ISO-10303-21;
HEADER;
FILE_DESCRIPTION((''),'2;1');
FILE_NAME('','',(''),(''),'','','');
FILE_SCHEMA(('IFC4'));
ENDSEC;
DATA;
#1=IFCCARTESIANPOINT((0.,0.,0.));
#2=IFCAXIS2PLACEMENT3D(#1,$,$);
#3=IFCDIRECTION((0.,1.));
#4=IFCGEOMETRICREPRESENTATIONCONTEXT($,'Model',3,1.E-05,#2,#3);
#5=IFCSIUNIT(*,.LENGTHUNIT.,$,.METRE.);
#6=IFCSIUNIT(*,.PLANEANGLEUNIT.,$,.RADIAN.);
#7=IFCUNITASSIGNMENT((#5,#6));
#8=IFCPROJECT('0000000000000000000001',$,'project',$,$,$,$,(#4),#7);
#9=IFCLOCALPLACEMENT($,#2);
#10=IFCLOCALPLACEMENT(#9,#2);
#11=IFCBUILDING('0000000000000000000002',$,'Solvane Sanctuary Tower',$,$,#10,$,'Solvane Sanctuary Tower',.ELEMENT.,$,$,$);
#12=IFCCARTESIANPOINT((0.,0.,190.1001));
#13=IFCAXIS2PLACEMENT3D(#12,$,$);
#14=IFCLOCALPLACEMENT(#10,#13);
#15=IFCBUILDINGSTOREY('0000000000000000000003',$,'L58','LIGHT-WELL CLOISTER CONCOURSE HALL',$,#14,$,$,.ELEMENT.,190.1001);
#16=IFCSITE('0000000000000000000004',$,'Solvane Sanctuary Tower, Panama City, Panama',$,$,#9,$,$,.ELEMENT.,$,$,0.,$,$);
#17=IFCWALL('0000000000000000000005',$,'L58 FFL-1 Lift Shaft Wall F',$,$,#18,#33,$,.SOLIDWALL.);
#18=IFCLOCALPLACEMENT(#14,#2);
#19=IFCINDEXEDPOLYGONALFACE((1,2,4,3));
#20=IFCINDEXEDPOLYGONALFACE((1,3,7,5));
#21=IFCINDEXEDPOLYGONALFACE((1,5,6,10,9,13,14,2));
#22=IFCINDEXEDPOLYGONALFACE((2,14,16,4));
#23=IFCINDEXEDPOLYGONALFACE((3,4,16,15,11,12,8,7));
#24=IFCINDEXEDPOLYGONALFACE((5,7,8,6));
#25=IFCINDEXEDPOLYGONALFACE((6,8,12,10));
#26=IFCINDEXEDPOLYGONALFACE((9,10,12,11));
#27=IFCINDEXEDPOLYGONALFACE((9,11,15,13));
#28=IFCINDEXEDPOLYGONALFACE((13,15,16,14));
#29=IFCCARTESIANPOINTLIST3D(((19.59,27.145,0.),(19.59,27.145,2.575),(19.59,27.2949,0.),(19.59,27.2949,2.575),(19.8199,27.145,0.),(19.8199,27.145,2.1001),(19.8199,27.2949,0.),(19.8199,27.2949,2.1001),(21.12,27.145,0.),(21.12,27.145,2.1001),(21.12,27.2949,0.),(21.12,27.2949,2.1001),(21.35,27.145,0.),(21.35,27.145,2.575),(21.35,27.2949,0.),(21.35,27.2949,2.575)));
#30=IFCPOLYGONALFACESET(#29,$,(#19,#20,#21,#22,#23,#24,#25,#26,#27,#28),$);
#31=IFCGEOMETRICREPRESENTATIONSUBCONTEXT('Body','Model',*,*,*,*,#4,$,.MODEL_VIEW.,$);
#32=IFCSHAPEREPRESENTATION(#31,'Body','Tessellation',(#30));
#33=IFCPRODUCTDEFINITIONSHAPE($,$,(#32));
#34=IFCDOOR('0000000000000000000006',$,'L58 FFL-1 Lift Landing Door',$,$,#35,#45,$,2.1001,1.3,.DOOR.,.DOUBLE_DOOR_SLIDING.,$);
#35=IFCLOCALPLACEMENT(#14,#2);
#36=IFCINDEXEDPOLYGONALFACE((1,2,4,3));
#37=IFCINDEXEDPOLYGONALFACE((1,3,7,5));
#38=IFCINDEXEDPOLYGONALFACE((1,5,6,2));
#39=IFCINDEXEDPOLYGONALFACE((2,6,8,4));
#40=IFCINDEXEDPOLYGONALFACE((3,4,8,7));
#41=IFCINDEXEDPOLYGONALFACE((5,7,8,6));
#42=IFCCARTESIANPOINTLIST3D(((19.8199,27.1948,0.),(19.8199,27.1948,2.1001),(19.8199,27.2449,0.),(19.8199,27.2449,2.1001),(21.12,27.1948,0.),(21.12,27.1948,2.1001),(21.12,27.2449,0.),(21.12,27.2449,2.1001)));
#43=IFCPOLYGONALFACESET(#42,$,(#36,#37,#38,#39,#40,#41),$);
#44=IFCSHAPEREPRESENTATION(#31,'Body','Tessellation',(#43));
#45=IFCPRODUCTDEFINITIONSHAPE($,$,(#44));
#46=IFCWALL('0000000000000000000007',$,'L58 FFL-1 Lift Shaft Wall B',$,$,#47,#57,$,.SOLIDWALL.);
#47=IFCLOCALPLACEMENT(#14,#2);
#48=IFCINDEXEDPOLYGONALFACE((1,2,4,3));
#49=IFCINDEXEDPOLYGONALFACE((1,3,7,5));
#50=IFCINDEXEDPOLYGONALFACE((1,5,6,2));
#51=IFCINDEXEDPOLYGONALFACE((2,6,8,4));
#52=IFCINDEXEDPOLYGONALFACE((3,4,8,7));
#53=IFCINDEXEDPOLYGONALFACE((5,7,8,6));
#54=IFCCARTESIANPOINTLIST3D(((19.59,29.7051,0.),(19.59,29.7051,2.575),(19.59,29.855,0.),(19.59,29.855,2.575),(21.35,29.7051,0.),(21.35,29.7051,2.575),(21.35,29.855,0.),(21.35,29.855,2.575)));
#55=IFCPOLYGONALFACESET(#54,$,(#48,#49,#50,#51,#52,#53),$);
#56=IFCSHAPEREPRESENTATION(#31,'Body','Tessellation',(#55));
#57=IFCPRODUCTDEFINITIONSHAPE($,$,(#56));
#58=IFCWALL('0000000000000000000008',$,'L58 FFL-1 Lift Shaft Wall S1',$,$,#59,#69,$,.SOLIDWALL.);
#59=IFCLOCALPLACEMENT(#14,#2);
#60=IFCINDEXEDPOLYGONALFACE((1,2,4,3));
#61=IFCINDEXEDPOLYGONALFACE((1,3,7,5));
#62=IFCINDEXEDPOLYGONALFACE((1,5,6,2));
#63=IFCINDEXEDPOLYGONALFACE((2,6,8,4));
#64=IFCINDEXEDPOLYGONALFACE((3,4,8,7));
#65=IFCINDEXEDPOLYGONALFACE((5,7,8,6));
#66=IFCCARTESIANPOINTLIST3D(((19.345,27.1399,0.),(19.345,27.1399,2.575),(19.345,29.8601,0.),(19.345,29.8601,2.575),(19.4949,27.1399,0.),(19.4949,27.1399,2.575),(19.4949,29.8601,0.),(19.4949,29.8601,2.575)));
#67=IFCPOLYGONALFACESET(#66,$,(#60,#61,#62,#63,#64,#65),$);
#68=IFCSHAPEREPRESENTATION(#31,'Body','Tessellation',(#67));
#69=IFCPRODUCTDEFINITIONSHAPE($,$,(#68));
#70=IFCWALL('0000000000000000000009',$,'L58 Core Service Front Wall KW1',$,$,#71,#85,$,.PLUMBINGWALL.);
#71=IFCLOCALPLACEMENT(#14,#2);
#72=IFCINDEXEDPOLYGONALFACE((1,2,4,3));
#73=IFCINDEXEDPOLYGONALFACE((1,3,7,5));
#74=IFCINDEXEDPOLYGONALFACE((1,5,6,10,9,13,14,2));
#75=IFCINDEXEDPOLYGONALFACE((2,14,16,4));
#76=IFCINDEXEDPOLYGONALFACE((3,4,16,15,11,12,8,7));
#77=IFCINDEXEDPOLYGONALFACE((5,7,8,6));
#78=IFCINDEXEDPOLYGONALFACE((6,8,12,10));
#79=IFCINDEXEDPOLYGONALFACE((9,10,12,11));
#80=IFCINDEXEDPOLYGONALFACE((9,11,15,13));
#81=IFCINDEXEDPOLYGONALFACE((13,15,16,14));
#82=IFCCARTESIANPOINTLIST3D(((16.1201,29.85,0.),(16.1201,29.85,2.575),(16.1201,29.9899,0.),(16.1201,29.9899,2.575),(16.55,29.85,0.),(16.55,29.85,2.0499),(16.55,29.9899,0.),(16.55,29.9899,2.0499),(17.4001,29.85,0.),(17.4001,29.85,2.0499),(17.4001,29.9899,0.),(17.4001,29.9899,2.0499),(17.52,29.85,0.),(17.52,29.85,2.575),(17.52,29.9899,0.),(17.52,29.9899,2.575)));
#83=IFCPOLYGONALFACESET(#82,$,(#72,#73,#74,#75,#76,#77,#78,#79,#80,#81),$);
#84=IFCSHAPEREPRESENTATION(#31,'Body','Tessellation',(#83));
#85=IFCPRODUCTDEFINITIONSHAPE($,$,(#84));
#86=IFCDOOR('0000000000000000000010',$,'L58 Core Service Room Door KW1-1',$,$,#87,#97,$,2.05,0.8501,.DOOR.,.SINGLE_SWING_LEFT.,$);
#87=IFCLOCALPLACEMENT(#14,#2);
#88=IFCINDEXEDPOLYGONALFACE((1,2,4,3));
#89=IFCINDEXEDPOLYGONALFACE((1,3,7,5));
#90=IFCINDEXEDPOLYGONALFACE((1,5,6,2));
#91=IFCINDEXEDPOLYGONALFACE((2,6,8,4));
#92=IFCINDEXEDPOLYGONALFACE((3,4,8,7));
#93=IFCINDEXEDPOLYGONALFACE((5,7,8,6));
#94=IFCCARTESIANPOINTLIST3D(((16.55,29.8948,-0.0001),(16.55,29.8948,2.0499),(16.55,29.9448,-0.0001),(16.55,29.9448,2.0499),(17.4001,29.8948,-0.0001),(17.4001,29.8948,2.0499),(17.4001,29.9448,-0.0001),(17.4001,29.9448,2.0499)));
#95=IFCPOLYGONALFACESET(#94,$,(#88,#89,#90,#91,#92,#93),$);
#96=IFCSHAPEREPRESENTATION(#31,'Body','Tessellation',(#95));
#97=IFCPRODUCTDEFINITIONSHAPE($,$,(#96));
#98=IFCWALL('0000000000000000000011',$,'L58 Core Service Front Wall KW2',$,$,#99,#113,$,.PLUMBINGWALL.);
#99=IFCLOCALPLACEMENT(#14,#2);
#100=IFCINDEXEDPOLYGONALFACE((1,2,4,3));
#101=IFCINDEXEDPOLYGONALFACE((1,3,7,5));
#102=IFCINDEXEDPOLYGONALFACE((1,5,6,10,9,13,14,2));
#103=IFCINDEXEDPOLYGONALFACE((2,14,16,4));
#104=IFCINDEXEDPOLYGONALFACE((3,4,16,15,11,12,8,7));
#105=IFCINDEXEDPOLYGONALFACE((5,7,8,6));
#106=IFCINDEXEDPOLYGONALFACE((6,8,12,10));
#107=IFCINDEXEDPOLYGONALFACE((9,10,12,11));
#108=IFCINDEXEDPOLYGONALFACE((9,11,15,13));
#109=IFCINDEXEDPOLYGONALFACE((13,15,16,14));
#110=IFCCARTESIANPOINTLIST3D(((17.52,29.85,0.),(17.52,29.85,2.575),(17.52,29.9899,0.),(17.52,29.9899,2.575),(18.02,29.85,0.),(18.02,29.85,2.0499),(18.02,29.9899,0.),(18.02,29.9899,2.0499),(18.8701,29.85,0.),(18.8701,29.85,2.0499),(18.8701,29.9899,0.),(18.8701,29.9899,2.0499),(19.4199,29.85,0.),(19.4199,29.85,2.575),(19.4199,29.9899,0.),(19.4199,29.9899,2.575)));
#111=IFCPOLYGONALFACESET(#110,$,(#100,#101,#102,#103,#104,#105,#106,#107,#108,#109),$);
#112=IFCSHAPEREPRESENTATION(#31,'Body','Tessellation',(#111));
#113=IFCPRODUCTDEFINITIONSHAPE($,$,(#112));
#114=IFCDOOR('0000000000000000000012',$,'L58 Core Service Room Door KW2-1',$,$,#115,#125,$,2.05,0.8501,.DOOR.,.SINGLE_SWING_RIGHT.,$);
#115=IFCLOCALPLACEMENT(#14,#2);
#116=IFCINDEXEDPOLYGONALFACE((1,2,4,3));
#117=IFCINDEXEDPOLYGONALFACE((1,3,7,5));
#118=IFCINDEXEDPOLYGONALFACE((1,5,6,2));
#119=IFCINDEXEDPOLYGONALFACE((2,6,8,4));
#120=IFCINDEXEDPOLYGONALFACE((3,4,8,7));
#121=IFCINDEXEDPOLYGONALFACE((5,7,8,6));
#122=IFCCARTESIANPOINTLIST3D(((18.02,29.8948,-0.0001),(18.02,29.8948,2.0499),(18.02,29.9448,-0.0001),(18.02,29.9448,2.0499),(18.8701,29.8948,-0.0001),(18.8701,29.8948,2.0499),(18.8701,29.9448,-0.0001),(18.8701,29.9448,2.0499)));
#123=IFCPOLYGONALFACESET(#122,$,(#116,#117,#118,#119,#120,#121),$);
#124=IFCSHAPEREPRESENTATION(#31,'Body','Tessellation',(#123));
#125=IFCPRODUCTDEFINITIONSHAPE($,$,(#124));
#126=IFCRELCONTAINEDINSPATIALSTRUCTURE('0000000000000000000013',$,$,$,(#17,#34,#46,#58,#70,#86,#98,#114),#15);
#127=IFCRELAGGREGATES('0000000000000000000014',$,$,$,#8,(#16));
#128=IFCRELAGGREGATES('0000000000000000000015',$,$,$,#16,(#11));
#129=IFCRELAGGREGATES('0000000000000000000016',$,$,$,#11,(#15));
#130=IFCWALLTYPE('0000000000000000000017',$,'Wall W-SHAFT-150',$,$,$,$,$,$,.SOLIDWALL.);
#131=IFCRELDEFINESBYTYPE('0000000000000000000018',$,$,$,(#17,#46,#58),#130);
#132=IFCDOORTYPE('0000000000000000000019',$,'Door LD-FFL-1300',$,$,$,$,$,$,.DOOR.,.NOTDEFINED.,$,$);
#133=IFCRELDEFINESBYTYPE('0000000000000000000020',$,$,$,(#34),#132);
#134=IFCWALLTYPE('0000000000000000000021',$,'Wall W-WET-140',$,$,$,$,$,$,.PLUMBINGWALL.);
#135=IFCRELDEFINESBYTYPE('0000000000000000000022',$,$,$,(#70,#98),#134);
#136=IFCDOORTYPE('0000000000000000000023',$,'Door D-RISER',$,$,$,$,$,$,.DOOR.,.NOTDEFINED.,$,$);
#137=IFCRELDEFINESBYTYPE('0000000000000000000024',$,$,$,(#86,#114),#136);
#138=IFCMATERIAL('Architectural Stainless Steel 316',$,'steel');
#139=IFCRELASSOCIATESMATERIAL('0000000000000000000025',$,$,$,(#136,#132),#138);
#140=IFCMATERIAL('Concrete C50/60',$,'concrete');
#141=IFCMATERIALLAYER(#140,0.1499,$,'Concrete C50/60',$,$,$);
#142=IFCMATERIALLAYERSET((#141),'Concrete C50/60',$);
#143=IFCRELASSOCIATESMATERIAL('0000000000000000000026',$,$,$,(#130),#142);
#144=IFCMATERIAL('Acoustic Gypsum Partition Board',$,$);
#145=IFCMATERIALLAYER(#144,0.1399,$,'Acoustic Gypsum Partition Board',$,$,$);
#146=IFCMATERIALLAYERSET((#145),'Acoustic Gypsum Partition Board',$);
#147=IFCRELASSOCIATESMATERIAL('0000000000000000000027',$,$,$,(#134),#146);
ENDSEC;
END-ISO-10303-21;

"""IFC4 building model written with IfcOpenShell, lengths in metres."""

from ifc_helpers import new_model, si_unit, direction, frame, frame_2d, origin, place, context, subcontext, project, spatial, rectangle, extrude, material, layer, layer_set, type_object, element, fill, save


model = new_model("IFC4")

# Units and contexts
model_context = context("Model", 3, precision=1e-05, world=origin(), true_north=direction((0.0, 1.0)))
body_context = subcontext(model_context, "Body", "Model", "MODEL_VIEW")
ifc_project = project(units=[si_unit("LENGTHUNIT", "METRE"), si_unit("PLANEANGLEUNIT", "RADIAN")], contexts=[model_context])

# Site, building, storey
site_placement = place(None, origin())
site = spatial("IfcSite", under=ifc_project, at=site_placement, Name="Solvane Sanctuary Tower, Panama City, Panama", CompositionType="ELEMENT", RefElevation=0.0)
building_placement = place(site_placement, origin())
building = spatial("IfcBuilding", under=site, at=building_placement, Name="Solvane Sanctuary Tower", LongName="Solvane Sanctuary Tower", CompositionType="ELEMENT")
storey_placement = place(building_placement, frame((0.0, 0.0, 190.1001)))
storey = spatial("IfcBuildingStorey", under=building, at=storey_placement, Name="L58", Description="LIGHT-WELL CLOISTER CONCOURSE HALL", CompositionType="ELEMENT", Elevation=190.1001)

# Shared definitions
ifc_material_1 = material(Name="Acoustic Gypsum Partition Board")

# Shared definitions
ifc_material_2 = material(Name="Architectural Stainless Steel 316", Category="steel")
door_type_1 = type_object("IfcDoorType", Name="Door D-RISER", OperationType="NOTDEFINED", PredefinedType="DOOR", material=ifc_material_2)

# Wall, opening, door
ifc_material_3 = material(Name="Concrete C50/60", Category="concrete")
ifc_layer_1 = layer(ifc_material_3, 0.1499, Name="Concrete C50/60")
ifc_layer_set_1 = layer_set([ifc_layer_1], Name="Concrete C50/60")
wall_type_1 = type_object("IfcWallType", Name="Wall W-SHAFT-150", PredefinedType="SOLIDWALL", material=ifc_layer_set_1)
wall_1_placement = place(storey_placement, frame((19.5901, 27.22, 0.0), z_axis=(0.0, 0.0, 1.0), x_axis=(1.0, 0.0, 0.0)))
wall_1 = element("IfcWall", 1, at=wall_1_placement, inside=storey, type_object=wall_type_1, Name="L58 FFL-1 Lift Shaft Wall F", PredefinedType="SOLIDWALL", context=body_context, shape_type="SweptSolid", body=[
    extrude(rectangle(XDim=1.76, YDim=0.1499, at=frame_2d((0.8799, 0.0))), origin(), (0.0, 0.0, 1.0), 2.575),
])
opening_1_placement = place(wall_1_placement, frame((0.23, 0.0, 0.0)))
opening_1 = element("IfcOpeningElement", 2, at=opening_1_placement, cuts=wall_1, PredefinedType="OPENING", context=body_context, shape_type="SweptSolid", body=[
    extrude(rectangle(XDim=1.3, YDim=2.1001, at=frame_2d((0.6499, 1.05))), frame((0.0, 0.085, 0.0), z_axis=(0.0, -1.0, 0.0), x_axis=(1.0, 0.0, 0.0)), (0.0, 0.0, 1.0), 0.1699),
])
door_type_2 = type_object("IfcDoorType", Name="Door LD-FFL-1300", OperationType="NOTDEFINED", PredefinedType="DOOR", material=ifc_material_2)
door_1_placement = place(opening_1_placement, origin())
door_1 = element("IfcDoor", 3, at=door_1_placement, inside=storey, type_object=door_type_2, Name="L58 FFL-1 Lift Landing Door", OperationType="DOUBLE_DOOR_SLIDING", OverallHeight=2.1001, OverallWidth=1.3, PredefinedType="DOOR", context=body_context, shape_type="SweptSolid", body=[
    extrude(rectangle(XDim=1.3, YDim=2.1001, at=frame_2d((0.6499, 1.05))), frame((0.0, 0.0249, 0.0), z_axis=(0.0, -1.0, 0.0), x_axis=(1.0, 0.0, 0.0)), (0.0, 0.0, 1.0), 0.05),
])
fill(opening_1, door_1)

# Walls
wall_2_placement = place(storey_placement, frame((19.5901, 29.78, 0.0), z_axis=(0.0, 0.0, 1.0), x_axis=(1.0, 0.0, 0.0)))
element("IfcWall", 4, at=wall_2_placement, inside=storey, type_object=wall_type_1, Name="L58 FFL-1 Lift Shaft Wall B", PredefinedType="SOLIDWALL", context=body_context, shape_type="SweptSolid", body=[
    extrude(rectangle(XDim=1.76, YDim=0.1499, at=frame_2d((0.8799, 0.0))), origin(), (0.0, 0.0, 1.0), 2.575),
])
wall_3_placement = place(storey_placement, frame((19.4199, 27.1399, 0.0), z_axis=(0.0, 0.0, 1.0), x_axis=(0.0, 1.0, 0.0)))
element("IfcWall", 5, at=wall_3_placement, inside=storey, type_object=wall_type_1, Name="L58 FFL-1 Lift Shaft Wall S1", PredefinedType="SOLIDWALL", context=body_context, shape_type="SweptSolid", body=[
    extrude(rectangle(XDim=2.7202, YDim=0.1499, at=frame_2d((1.3601, 0.0))), origin(), (0.0, 0.0, 1.0), 2.575),
])

# Walls, openings, doors
ifc_layer_2 = layer(ifc_material_1, 0.1399, Name="Acoustic Gypsum Partition Board")
ifc_layer_set_2 = layer_set([ifc_layer_2], Name="Acoustic Gypsum Partition Board")
wall_type_2 = type_object("IfcWallType", Name="Wall W-WET-140", PredefinedType="PLUMBINGWALL", material=ifc_layer_set_2)
wall_4_placement = place(storey_placement, frame((16.1201, 29.9199, 0.0), z_axis=(0.0, 0.0, 1.0), x_axis=(1.0, 0.0, 0.0)))
wall_4 = element("IfcWall", 6, at=wall_4_placement, inside=storey, type_object=wall_type_2, Name="L58 Core Service Front Wall KW1", PredefinedType="PLUMBINGWALL", context=body_context, shape_type="SweptSolid", body=[
    extrude(rectangle(XDim=1.3999, YDim=0.1399, at=frame_2d((0.7, 0.0))), origin(), (0.0, 0.0, 1.0), 2.575),
])
opening_2_placement = place(wall_4_placement, frame((0.4299, 0.0, 0.0)))
opening_2 = element("IfcOpeningElement", 7, at=opening_2_placement, cuts=wall_4, PredefinedType="OPENING", context=body_context, shape_type="SweptSolid", body=[
    extrude(rectangle(XDim=0.8501, YDim=2.05, at=frame_2d((0.425, 1.0249))), frame((0.0, 0.0798, 0.0), z_axis=(0.0, -1.0, 0.0), x_axis=(1.0, 0.0, 0.0)), (0.0, 0.0, 1.0), 0.1599),
])
door_2_placement = place(opening_2_placement, origin())
door_2 = element("IfcDoor", 8, at=door_2_placement, inside=storey, type_object=door_type_1, Name="L58 Core Service Room Door KW1-1", OperationType="SINGLE_SWING_LEFT", OverallHeight=2.05, OverallWidth=0.8501, PredefinedType="DOOR", context=body_context, shape_type="SweptSolid", body=[
    extrude(rectangle(XDim=0.8501, YDim=2.05, at=frame_2d((0.425, 1.0249))), frame((0.0, 0.0249, 0.0), z_axis=(0.0, -1.0, 0.0), x_axis=(1.0, 0.0, 0.0)), (0.0, 0.0, 1.0), 0.05),
])
fill(opening_2, door_2)
wall_5_placement = place(storey_placement, frame((17.52, 29.9199, 0.0), z_axis=(0.0, 0.0, 1.0), x_axis=(1.0, 0.0, 0.0)))
wall_5 = element("IfcWall", 9, at=wall_5_placement, inside=storey, type_object=wall_type_2, Name="L58 Core Service Front Wall KW2", PredefinedType="PLUMBINGWALL", context=body_context, shape_type="SweptSolid", body=[
    extrude(rectangle(XDim=1.8999, YDim=0.1399, at=frame_2d((0.95, 0.0))), origin(), (0.0, 0.0, 1.0), 2.575),
])
opening_3_placement = place(wall_5_placement, frame((0.5, 0.0, 0.0)))
opening_3 = element("IfcOpeningElement", 10, at=opening_3_placement, cuts=wall_5, PredefinedType="OPENING", context=body_context, shape_type="SweptSolid", body=[
    extrude(rectangle(XDim=0.8501, YDim=2.05, at=frame_2d((0.425, 1.0249))), frame((0.0, 0.0798, 0.0), z_axis=(0.0, -1.0, 0.0), x_axis=(1.0, 0.0, 0.0)), (0.0, 0.0, 1.0), 0.1599),
])
door_3_placement = place(opening_3_placement, origin())
door_3 = element("IfcDoor", 11, at=door_3_placement, inside=storey, type_object=door_type_1, Name="L58 Core Service Room Door KW2-1", OperationType="SINGLE_SWING_RIGHT", OverallHeight=2.05, OverallWidth=0.8501, PredefinedType="DOOR", context=body_context, shape_type="SweptSolid", body=[
    extrude(rectangle(XDim=0.8501, YDim=2.05, at=frame_2d((0.425, 1.0249))), frame((0.0, 0.0249, 0.0), z_axis=(0.0, -1.0, 0.0), x_axis=(1.0, 0.0, 0.0)), (0.0, 0.0, 1.0), 0.05),
])
fill(opening_3, door_3)

save(model, "model.ifc")
